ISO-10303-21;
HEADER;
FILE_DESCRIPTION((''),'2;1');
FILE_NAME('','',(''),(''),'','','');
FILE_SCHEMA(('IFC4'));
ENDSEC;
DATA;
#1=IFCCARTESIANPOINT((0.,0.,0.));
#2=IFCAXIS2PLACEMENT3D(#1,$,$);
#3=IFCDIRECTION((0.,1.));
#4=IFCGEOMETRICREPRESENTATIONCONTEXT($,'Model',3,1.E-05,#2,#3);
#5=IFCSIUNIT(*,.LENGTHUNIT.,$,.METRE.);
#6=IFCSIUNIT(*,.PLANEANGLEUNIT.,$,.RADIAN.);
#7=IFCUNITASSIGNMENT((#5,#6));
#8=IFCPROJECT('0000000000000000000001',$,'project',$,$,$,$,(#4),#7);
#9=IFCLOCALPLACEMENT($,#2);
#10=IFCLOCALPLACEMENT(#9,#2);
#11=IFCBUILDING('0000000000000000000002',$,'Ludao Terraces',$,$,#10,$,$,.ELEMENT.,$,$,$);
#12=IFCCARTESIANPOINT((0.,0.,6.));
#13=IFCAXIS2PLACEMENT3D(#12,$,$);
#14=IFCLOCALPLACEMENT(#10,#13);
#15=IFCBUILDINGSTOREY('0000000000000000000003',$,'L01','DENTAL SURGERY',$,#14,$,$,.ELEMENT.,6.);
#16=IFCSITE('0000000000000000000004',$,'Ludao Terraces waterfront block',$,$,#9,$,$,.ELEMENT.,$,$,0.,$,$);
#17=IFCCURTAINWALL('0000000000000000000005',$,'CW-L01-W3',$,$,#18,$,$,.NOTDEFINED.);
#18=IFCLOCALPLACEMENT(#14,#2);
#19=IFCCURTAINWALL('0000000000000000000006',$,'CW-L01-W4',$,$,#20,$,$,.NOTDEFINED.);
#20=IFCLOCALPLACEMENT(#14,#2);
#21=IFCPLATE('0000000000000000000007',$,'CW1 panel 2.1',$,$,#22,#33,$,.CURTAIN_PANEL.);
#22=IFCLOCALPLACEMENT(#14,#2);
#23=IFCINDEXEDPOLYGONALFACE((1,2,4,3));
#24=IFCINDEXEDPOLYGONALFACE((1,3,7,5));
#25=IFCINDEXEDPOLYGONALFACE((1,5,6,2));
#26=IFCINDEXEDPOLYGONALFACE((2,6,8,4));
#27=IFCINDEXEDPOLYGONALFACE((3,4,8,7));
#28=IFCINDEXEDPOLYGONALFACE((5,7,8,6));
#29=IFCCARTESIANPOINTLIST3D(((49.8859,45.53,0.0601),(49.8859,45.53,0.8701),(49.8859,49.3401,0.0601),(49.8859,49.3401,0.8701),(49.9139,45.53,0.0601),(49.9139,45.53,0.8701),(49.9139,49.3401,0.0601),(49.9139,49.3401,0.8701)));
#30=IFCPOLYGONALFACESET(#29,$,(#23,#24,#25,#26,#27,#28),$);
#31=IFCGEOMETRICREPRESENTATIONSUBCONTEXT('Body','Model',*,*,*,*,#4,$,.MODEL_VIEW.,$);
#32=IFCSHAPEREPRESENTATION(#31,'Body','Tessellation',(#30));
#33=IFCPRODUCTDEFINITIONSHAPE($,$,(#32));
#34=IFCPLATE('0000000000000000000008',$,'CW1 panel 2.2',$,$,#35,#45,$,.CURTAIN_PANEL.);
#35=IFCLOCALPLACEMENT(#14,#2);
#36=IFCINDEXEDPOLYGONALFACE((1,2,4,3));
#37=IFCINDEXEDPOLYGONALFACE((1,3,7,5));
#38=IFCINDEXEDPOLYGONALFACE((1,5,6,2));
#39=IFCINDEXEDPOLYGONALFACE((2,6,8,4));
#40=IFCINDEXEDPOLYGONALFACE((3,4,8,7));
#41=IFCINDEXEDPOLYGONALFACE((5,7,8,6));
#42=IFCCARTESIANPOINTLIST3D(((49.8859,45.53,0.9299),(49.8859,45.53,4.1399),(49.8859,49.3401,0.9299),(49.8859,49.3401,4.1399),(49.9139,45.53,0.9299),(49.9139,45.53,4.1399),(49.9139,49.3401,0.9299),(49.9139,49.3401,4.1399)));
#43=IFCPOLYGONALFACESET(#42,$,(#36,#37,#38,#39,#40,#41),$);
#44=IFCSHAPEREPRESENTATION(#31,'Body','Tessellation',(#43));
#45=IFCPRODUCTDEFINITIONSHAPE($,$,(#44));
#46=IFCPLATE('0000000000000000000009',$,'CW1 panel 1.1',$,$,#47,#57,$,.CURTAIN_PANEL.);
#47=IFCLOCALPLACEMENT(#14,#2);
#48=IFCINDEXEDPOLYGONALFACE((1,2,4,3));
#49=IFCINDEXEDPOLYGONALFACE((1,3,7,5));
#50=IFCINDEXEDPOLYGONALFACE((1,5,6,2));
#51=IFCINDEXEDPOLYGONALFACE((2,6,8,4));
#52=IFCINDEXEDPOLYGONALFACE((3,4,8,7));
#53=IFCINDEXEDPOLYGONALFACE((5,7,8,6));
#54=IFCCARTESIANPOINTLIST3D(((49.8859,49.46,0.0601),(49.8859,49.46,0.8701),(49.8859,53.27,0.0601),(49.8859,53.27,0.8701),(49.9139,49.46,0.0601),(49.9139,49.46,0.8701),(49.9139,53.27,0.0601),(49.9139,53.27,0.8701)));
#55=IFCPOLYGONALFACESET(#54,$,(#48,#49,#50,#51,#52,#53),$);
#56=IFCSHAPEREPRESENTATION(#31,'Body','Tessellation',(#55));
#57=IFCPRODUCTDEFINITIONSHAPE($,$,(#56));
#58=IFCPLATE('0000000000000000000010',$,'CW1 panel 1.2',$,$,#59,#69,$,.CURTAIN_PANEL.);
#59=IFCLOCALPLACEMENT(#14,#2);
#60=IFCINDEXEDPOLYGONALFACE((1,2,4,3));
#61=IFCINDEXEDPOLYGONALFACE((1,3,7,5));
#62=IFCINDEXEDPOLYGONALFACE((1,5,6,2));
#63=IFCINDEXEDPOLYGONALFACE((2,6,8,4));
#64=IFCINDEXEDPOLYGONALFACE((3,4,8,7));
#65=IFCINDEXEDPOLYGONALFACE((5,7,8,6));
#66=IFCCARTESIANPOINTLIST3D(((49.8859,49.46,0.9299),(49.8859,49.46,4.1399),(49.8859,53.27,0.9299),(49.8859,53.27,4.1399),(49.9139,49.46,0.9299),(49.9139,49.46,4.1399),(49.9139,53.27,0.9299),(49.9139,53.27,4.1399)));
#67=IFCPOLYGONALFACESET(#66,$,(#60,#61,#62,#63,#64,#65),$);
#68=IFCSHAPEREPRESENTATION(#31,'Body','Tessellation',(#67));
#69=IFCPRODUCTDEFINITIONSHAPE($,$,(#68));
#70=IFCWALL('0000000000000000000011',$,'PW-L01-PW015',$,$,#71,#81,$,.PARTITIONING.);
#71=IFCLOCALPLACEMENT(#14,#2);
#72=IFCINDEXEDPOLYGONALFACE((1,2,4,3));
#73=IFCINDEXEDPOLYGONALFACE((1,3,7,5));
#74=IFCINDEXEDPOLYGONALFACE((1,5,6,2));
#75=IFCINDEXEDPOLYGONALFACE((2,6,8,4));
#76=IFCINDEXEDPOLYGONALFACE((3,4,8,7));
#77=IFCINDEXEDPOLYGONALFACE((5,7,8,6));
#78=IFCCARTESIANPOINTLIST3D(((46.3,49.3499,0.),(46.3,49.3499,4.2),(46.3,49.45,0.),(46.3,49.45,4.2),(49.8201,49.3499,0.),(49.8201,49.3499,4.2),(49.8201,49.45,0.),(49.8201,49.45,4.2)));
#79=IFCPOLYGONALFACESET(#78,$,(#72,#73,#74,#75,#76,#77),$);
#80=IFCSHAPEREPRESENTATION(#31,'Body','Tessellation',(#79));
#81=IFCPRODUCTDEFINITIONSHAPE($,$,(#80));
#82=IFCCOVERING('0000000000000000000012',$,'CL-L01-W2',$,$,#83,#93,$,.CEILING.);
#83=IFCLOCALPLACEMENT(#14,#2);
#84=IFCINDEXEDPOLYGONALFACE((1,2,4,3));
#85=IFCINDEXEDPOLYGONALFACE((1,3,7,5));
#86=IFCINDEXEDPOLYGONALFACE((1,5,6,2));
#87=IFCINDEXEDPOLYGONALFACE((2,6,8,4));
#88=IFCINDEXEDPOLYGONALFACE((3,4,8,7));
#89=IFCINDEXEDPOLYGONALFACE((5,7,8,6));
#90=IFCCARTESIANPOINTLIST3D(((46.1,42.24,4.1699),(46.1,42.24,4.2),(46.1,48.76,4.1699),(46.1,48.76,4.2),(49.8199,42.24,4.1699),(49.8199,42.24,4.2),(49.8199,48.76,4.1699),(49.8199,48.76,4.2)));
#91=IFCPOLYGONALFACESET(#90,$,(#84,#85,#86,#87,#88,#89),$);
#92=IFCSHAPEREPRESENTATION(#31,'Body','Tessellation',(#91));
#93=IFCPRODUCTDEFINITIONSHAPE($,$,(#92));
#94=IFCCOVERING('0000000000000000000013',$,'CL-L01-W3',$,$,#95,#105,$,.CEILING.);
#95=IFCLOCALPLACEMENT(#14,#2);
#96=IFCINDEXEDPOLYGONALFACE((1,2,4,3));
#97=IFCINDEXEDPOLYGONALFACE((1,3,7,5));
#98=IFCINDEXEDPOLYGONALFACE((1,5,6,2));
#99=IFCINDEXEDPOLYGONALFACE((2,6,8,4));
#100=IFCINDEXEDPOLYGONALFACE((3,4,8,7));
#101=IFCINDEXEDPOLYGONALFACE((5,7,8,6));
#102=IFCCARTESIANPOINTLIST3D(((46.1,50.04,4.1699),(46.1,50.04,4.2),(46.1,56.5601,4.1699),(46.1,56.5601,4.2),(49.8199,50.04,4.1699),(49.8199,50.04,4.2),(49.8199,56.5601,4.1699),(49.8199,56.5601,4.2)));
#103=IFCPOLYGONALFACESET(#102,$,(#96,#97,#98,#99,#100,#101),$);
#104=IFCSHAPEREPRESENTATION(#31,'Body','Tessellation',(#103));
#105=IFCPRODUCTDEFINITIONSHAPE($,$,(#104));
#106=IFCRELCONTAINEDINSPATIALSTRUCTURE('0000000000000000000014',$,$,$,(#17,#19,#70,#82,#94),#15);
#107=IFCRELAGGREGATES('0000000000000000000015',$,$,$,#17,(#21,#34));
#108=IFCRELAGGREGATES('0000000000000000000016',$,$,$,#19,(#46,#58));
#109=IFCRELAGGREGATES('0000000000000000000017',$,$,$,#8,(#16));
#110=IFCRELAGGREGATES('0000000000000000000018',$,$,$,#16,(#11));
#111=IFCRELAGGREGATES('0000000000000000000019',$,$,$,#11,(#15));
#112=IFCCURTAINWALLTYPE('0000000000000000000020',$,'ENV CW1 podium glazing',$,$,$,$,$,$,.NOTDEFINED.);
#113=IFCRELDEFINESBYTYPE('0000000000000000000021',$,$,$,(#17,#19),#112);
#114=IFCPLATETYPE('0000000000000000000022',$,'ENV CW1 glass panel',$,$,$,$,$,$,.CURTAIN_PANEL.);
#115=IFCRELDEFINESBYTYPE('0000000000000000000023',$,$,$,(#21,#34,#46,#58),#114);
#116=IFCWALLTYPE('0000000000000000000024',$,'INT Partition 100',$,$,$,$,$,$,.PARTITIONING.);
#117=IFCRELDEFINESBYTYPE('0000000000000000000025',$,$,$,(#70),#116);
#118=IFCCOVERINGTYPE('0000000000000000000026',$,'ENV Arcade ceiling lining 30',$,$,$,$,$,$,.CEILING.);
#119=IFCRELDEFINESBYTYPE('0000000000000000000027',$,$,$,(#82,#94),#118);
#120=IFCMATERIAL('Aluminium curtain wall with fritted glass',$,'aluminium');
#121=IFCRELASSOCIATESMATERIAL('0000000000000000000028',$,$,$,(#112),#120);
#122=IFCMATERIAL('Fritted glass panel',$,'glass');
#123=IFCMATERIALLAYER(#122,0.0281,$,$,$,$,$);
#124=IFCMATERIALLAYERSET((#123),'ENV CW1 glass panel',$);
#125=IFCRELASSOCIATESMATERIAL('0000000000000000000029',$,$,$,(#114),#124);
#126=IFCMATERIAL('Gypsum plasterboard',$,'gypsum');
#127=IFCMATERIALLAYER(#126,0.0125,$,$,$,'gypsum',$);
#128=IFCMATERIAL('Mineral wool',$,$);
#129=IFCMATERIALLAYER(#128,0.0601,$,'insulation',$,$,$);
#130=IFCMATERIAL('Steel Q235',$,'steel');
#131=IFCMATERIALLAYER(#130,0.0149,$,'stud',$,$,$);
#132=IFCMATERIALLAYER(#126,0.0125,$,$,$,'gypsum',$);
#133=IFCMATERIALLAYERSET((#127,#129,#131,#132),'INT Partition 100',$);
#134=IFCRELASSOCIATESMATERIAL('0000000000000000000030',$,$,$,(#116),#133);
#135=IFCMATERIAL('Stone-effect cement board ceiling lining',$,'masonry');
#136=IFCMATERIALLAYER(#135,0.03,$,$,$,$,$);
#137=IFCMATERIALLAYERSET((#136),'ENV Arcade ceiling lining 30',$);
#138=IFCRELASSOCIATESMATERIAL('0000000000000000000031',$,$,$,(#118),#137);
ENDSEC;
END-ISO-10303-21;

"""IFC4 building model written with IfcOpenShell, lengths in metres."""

from ifc_helpers import new_model, si_unit, direction, frame, frame_2d, origin, origin_2d, place, context, subcontext, project, spatial, rectangle, extrude, material, layer, layer_set, type_object, element, aggregate, save


model = new_model("IFC4")

# Units and contexts
model_context = context("Model", 3, precision=1e-05, world=origin(), true_north=direction((0.0, 1.0)))
body_context = subcontext(model_context, "Body", "Model", "MODEL_VIEW")
ifc_project = project(units=[si_unit("LENGTHUNIT", "METRE"), si_unit("PLANEANGLEUNIT", "RADIAN")], contexts=[model_context])

# Site, building, storey
site_placement = place(None, origin())
site = spatial("IfcSite", under=ifc_project, at=site_placement, Name="Ludao Terraces waterfront block", CompositionType="ELEMENT", RefElevation=0.0)
building_placement = place(site_placement, origin())
building = spatial("IfcBuilding", under=site, at=building_placement, Name="Ludao Terraces", CompositionType="ELEMENT")
storey_placement = place(building_placement, frame((0.0, 0.0, 6.0)))
storey = spatial("IfcBuildingStorey", under=building, at=storey_placement, Name="L01", Description="DENTAL SURGERY", CompositionType="ELEMENT", Elevation=6.0)

# Curtain walls
ifc_material_1 = material(Name="Aluminium curtain wall with fritted glass", Category="aluminium")
curtain_wall_type = type_object("IfcCurtainWallType", Name="ENV CW1 podium glazing", PredefinedType="NOTDEFINED", material=ifc_material_1)
curtain_wall_1_placement = place(storey_placement, origin())
curtain_wall_1 = element("IfcCurtainWall", 1, at=curtain_wall_1_placement, inside=storey, type_object=curtain_wall_type, Name="CW-L01-W3", PredefinedType="NOTDEFINED")
curtain_wall_2_placement = place(storey_placement, origin())
curtain_wall_2 = element("IfcCurtainWall", 2, at=curtain_wall_2_placement, inside=storey, type_object=curtain_wall_type, Name="CW-L01-W4", PredefinedType="NOTDEFINED")

# Plates
ifc_material_2 = material(Name="Fritted glass panel", Category="glass")
ifc_layer_1 = layer(ifc_material_2, 0.0281)
ifc_layer_set_1 = layer_set([ifc_layer_1], Name="ENV CW1 glass panel")
plate_type = type_object("IfcPlateType", Name="ENV CW1 glass panel", PredefinedType="CURTAIN_PANEL", material=ifc_layer_set_1)
plate_1_placement = place(storey_placement, frame((49.8999, 47.4351, 0.0601), z_axis=(0.0, 0.0, 1.0), x_axis=(0.0, 1.0, 0.0)))
plate_1 = element("IfcPlate", 3, at=plate_1_placement, type_object=plate_type, Name="CW1 panel 2.1", PredefinedType="CURTAIN_PANEL", context=body_context, shape_type="SweptSolid", body=[
    extrude(rectangle(XDim=3.8101, YDim=0.0281, at=origin_2d()), origin(), (0.0, 0.0, 1.0), 0.8101),
])
plate_2_placement = place(storey_placement, frame((49.8999, 47.4351, 0.9299), z_axis=(0.0, 0.0, 1.0), x_axis=(0.0, 1.0, 0.0)))
plate_2 = element("IfcPlate", 4, at=plate_2_placement, type_object=plate_type, Name="CW1 panel 2.2", PredefinedType="CURTAIN_PANEL", context=body_context, shape_type="SweptSolid", body=[
    extrude(rectangle(XDim=3.8101, YDim=0.0281, at=origin_2d()), origin(), (0.0, 0.0, 1.0), 3.21),
])
aggregate(curtain_wall_1, [plate_1, plate_2])
plate_3_placement = place(storey_placement, frame((49.8999, 51.365, 0.0601), z_axis=(0.0, 0.0, 1.0), x_axis=(0.0, 1.0, 0.0)))
plate_3 = element("IfcPlate", 5, at=plate_3_placement, type_object=plate_type, Name="CW1 panel 1.1", PredefinedType="CURTAIN_PANEL", context=body_context, shape_type="SweptSolid", body=[
    extrude(rectangle(XDim=3.8101, YDim=0.0281, at=origin_2d()), origin(), (0.0, 0.0, 1.0), 0.8101),
])
plate_4_placement = place(storey_placement, frame((49.8999, 51.365, 0.9299), z_axis=(0.0, 0.0, 1.0), x_axis=(0.0, 1.0, 0.0)))
plate_4 = element("IfcPlate", 6, at=plate_4_placement, type_object=plate_type, Name="CW1 panel 1.2", PredefinedType="CURTAIN_PANEL", context=body_context, shape_type="SweptSolid", body=[
    extrude(rectangle(XDim=3.8101, YDim=0.0281, at=origin_2d()), origin(), (0.0, 0.0, 1.0), 3.21),
])
aggregate(curtain_wall_2, [plate_3, plate_4])

# Wall
ifc_material_3 = material(Name="Gypsum plasterboard", Category="gypsum")
ifc_layer_2 = layer(ifc_material_3, 0.0125, Category="gypsum")
ifc_material_4 = material(Name="Mineral wool")
ifc_layer_3 = layer(ifc_material_4, 0.0601, Name="insulation")
ifc_material_5 = material(Name="Steel Q235", Category="steel")
ifc_layer_4 = layer(ifc_material_5, 0.0149, Name="stud")
ifc_layer_5 = layer(ifc_material_3, 0.0125, Category="gypsum")
ifc_layer_set_2 = layer_set([ifc_layer_2, ifc_layer_3, ifc_layer_4, ifc_layer_5], Name="INT Partition 100")
wall_type = type_object("IfcWallType", Name="INT Partition 100", PredefinedType="PARTITIONING", material=ifc_layer_set_2)
wall_placement = place(storey_placement, frame((46.3, 49.3999, 0.0), z_axis=(0.0, 0.0, 1.0), x_axis=(1.0, 0.0, 0.0)))
element("IfcWall", 7, at=wall_placement, inside=storey, type_object=wall_type, Name="PW-L01-PW015", PredefinedType="PARTITIONING", context=body_context, shape_type="SweptSolid", body=[
    extrude(rectangle(XDim=3.52, YDim=0.1001, at=frame_2d((1.76, 0.0))), origin(), (0.0, 0.0, 1.0), 4.2),
])

# Coverings
ifc_material_6 = material(Name="Stone-effect cement board ceiling lining", Category="masonry")
ifc_layer_6 = layer(ifc_material_6, 0.03)
ifc_layer_set_3 = layer_set([ifc_layer_6], Name="ENV Arcade ceiling lining 30")
covering_type = type_object("IfcCoveringType", Name="ENV Arcade ceiling lining 30", PredefinedType="CEILING", material=ifc_layer_set_3)
for number, where, z_axis, x_axis, name in (
    (8, (47.96, 45.5, 4.1699), (0.0, 0.0, 1.0), (1.0, 0.0, 0.0), "CL-L01-W2"),
    (9, (47.96, 53.3, 4.1699), (0.0, 0.0, 1.0), (1.0, 0.0, 0.0), "CL-L01-W3"),
):
    element("IfcCovering", number, at=place(storey_placement, frame(where, z_axis=z_axis, x_axis=x_axis)), inside=storey, type_object=covering_type, Name=name, PredefinedType="CEILING", context=body_context, shape_type="SweptSolid", body=[
        extrude(rectangle(XDim=3.72, YDim=6.52, at=origin_2d()), origin(), (0.0, 0.0, 1.0), 0.03),
    ])

save(model, "model.ifc")
